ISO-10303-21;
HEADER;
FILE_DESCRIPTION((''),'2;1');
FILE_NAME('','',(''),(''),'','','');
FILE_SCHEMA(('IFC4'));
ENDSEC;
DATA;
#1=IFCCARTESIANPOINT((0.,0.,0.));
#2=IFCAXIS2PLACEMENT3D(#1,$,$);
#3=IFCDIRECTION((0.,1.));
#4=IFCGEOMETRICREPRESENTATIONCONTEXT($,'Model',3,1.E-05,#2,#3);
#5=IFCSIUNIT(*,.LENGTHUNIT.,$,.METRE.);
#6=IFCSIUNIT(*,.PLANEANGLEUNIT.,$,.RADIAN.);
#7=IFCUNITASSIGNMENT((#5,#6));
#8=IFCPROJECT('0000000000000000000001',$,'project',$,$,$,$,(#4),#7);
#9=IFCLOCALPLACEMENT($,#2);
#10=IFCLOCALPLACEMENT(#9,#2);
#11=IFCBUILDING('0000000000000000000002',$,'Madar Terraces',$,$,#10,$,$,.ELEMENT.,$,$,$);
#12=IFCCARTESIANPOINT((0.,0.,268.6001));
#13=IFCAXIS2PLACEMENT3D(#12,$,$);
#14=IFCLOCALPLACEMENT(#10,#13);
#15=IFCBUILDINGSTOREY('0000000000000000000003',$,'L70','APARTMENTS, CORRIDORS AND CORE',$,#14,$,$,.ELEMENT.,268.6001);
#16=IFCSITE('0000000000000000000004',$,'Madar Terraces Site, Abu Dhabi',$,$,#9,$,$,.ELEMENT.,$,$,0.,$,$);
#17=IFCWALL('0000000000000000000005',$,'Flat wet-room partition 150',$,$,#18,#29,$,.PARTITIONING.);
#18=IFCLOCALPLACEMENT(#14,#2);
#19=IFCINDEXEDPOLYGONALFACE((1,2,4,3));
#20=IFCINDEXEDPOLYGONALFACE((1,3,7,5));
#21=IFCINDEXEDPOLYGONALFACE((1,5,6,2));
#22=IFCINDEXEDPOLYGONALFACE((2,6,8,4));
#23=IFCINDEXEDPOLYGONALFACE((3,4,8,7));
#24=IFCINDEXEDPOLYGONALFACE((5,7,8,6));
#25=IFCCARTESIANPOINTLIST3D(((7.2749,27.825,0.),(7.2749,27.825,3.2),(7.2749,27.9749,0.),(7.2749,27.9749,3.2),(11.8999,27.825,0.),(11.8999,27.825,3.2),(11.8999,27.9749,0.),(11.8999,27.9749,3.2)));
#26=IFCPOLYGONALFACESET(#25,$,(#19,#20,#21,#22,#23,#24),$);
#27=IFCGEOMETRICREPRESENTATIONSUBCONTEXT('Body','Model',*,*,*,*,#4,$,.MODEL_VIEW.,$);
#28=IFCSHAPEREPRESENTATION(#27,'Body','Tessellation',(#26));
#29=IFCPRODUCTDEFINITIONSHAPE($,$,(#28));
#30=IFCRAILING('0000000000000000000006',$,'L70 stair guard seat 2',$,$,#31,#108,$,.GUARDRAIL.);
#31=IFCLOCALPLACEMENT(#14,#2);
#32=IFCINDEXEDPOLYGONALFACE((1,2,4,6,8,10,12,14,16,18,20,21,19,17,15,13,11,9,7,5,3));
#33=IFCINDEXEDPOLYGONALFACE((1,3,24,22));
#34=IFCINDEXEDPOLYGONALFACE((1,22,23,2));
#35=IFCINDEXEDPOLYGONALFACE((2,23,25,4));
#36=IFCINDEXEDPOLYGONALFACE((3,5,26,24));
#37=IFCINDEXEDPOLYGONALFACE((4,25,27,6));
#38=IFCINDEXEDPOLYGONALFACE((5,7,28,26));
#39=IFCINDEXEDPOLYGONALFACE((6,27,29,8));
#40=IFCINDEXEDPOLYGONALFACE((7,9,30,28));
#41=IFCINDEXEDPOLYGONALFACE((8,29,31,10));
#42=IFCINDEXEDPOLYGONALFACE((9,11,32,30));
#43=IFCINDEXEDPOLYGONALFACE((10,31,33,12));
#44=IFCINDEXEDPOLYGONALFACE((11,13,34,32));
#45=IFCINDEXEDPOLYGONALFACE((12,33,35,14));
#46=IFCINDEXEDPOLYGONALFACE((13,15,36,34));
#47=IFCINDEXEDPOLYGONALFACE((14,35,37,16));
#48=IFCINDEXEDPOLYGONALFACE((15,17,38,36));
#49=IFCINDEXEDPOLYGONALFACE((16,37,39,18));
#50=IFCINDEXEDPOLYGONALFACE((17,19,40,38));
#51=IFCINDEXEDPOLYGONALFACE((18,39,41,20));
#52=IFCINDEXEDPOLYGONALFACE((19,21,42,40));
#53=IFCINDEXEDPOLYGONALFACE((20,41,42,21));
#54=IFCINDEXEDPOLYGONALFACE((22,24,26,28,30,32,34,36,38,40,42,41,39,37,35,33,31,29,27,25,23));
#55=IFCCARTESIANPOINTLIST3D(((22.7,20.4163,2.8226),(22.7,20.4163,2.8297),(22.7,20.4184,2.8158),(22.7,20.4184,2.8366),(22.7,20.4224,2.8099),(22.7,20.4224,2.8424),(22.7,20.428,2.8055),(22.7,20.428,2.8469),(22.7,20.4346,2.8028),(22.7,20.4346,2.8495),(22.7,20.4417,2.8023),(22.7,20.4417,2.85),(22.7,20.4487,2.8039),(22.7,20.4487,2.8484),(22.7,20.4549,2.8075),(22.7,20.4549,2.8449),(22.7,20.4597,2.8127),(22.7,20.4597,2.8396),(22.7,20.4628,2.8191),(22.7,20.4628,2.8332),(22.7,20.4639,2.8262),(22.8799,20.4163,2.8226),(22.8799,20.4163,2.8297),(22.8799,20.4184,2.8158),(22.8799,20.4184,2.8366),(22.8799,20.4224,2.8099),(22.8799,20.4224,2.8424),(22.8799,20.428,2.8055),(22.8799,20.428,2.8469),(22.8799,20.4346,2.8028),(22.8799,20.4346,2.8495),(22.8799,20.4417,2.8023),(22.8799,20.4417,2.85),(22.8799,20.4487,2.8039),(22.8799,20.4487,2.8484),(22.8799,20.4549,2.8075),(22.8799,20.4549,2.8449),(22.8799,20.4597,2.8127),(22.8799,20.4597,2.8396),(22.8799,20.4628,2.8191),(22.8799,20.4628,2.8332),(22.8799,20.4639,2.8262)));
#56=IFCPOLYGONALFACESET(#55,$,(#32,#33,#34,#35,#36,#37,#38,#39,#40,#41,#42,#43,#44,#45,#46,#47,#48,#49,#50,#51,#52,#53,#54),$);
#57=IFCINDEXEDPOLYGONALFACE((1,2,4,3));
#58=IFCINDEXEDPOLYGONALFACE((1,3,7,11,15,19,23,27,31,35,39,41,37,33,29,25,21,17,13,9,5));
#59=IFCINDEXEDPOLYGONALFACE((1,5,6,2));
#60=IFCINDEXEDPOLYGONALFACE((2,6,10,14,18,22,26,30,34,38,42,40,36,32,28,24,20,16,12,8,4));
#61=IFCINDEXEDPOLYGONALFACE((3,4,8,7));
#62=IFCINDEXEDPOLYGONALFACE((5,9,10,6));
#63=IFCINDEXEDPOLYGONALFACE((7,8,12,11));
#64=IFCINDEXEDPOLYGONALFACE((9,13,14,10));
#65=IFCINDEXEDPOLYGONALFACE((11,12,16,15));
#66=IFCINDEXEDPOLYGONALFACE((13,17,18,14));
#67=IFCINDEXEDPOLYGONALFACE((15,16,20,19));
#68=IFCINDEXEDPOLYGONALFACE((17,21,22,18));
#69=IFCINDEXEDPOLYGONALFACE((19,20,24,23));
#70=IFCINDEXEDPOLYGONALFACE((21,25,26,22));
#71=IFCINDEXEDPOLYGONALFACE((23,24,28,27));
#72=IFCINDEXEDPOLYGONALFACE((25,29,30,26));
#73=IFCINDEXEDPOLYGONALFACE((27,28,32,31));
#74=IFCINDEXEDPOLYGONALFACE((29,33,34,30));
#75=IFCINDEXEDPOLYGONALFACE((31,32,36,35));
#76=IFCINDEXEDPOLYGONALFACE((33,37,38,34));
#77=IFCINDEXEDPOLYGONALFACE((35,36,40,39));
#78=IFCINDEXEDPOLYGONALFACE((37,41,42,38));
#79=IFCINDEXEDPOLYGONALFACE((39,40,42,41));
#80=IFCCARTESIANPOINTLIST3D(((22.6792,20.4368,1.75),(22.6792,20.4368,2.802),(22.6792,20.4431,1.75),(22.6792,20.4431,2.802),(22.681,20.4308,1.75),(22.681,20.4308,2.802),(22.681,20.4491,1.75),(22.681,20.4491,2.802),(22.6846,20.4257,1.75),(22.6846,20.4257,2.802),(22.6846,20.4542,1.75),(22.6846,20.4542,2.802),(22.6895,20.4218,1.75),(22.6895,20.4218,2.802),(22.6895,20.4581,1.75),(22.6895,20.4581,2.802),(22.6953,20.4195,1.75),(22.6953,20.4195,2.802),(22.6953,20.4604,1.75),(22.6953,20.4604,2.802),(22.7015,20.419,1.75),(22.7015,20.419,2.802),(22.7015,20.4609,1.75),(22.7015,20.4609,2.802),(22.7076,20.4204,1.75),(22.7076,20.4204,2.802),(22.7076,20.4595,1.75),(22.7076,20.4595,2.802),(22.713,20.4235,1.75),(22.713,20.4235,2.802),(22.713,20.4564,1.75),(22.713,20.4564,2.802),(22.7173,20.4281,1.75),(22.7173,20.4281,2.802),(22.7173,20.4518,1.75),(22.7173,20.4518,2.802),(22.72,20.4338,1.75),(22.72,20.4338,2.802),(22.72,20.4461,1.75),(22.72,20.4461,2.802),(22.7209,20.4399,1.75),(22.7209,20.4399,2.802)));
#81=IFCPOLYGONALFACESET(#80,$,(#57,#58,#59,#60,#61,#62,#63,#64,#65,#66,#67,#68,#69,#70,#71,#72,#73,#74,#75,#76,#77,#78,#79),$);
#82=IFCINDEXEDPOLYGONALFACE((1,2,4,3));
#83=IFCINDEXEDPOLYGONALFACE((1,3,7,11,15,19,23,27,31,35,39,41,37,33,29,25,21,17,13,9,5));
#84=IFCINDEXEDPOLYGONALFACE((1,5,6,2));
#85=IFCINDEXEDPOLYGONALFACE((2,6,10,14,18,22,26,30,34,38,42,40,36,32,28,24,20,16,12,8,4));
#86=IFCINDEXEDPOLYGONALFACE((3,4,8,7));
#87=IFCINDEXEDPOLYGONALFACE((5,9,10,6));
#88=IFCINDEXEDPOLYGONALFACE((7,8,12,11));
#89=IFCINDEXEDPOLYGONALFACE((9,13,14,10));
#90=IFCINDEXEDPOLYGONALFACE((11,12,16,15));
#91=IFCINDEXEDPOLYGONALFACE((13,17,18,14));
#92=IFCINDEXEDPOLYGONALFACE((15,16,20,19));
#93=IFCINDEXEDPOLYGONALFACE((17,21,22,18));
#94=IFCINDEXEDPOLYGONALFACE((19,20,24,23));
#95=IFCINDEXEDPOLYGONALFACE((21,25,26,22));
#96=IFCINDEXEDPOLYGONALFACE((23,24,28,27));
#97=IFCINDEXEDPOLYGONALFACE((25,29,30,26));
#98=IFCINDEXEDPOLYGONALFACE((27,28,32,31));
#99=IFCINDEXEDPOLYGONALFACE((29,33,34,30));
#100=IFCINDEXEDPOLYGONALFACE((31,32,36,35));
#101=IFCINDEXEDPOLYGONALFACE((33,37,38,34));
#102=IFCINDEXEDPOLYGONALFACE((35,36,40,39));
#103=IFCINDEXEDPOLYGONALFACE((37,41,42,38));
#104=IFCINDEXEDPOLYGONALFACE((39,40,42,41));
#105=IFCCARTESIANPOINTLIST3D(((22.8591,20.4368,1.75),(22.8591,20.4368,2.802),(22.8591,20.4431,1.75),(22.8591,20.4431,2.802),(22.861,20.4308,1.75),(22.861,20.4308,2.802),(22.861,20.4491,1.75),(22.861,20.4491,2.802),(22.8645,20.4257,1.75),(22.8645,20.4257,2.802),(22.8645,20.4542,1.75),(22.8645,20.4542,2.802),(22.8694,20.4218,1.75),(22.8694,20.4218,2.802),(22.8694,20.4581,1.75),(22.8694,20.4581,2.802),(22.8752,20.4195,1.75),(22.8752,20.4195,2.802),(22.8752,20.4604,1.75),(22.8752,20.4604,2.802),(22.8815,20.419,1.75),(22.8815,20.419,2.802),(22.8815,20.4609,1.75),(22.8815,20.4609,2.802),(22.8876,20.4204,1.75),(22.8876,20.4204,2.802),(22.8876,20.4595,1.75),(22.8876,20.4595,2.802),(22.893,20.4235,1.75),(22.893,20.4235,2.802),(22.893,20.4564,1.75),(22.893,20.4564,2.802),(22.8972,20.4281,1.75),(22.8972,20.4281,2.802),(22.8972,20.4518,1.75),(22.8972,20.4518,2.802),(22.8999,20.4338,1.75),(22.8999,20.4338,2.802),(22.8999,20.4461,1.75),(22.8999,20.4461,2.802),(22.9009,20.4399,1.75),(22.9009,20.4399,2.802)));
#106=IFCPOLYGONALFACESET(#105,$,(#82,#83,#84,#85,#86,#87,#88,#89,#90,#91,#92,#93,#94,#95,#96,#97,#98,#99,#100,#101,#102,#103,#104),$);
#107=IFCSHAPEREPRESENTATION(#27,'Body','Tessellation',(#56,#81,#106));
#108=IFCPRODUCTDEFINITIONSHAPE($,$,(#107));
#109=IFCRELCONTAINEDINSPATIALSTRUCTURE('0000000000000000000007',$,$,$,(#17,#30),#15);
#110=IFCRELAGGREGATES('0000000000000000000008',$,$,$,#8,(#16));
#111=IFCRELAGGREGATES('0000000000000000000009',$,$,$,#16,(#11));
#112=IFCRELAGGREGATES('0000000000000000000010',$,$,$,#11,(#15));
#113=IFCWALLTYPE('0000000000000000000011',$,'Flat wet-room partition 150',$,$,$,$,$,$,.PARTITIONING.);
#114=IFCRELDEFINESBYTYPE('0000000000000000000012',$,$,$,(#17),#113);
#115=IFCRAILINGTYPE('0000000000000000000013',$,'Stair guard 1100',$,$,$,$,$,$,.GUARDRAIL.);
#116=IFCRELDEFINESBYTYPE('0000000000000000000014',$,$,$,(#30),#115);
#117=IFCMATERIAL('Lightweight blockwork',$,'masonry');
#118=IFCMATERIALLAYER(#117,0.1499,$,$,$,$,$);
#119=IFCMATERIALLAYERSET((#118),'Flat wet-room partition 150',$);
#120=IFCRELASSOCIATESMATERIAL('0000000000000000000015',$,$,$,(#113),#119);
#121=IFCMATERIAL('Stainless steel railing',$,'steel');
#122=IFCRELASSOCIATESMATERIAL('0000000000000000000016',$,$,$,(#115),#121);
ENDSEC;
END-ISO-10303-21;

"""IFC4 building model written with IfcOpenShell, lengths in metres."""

from ifc_helpers import new_model, si_unit, direction, frame, frame_2d, origin, origin_2d, place, context, subcontext, project, spatial, rectangle, circle, extrude, material, layer, layer_set, type_object, element, save


model = new_model("IFC4")

# Units and contexts
model_context = context("Model", 3, precision=1e-05, world=origin(), true_north=direction((0.0, 1.0)))
body_context = subcontext(model_context, "Body", "Model", "MODEL_VIEW")
ifc_project = project(units=[si_unit("LENGTHUNIT", "METRE"), si_unit("PLANEANGLEUNIT", "RADIAN")], contexts=[model_context])

# Site, building, storey
site_placement = place(None, origin())
site = spatial("IfcSite", under=ifc_project, at=site_placement, Name="Madar Terraces Site, Abu Dhabi", CompositionType="ELEMENT", RefElevation=0.0)
building_placement = place(site_placement, origin())
building = spatial("IfcBuilding", under=site, at=building_placement, Name="Madar Terraces", CompositionType="ELEMENT")
storey_placement = place(building_placement, frame((0.0, 0.0, 268.6001)))
storey = spatial("IfcBuildingStorey", under=building, at=storey_placement, Name="L70", Description="APARTMENTS, CORRIDORS AND CORE", CompositionType="ELEMENT", Elevation=268.6001)

# Wall
ifc_material_1 = material(Name="Lightweight blockwork", Category="masonry")
ifc_layer_1 = layer(ifc_material_1, 0.1499)
ifc_layer_set_1 = layer_set([ifc_layer_1], Name="Flat wet-room partition 150")
wall_type_1 = type_object("IfcWallType", Name="Flat wet-room partition 150", PredefinedType="PARTITIONING", material=ifc_layer_set_1)
wall_1_placement = place(storey_placement, frame((11.8999, 27.8999, 0.0), z_axis=(0.0, 0.0, 1.0), x_axis=(-1.0, 0.0, 0.0)))
element("IfcWall", 1, at=wall_1_placement, inside=storey, type_object=wall_type_1, Name="Flat wet-room partition 150", PredefinedType="PARTITIONING", context=body_context, shape_type="SweptSolid", body=[
    extrude(rectangle(XDim=4.625, YDim=0.1499, at=frame_2d((2.3125, 0.0))), origin(), (0.0, 0.0, 1.0), 3.2),
])

# Railing
ifc_material_2 = material(Name="Stainless steel railing", Category="steel")
railing_type = type_object("IfcRailingType", Name="Stair guard 1100", PredefinedType="GUARDRAIL", material=ifc_material_2)
railing_placement = place(storey_placement, frame((22.7, 20.4399, 1.75)))
element("IfcRailing", 2, at=railing_placement, inside=storey, type_object=railing_type, Name="L70 stair guard seat 2", PredefinedType="GUARDRAIL", context=body_context, shape_type="SweptSolid", body=[
    extrude(circle(Radius=0.0239, at=origin_2d()), frame((0.0, 0.0, 1.0762), z_axis=(1.0, 0.0, 0.0), x_axis=(0.0, 1.0, 0.0)), (0.0, 0.0, 1.0), 0.1799),
    extrude(circle(Radius=0.021, at=origin_2d()), origin(), (0.0, 0.0, 1.0), 1.052),
    extrude(circle(Radius=0.021, at=origin_2d()), frame((0.1799, 0.0, 0.0)), (0.0, 0.0, 1.0), 1.052),
])

save(model, "model.ifc")
